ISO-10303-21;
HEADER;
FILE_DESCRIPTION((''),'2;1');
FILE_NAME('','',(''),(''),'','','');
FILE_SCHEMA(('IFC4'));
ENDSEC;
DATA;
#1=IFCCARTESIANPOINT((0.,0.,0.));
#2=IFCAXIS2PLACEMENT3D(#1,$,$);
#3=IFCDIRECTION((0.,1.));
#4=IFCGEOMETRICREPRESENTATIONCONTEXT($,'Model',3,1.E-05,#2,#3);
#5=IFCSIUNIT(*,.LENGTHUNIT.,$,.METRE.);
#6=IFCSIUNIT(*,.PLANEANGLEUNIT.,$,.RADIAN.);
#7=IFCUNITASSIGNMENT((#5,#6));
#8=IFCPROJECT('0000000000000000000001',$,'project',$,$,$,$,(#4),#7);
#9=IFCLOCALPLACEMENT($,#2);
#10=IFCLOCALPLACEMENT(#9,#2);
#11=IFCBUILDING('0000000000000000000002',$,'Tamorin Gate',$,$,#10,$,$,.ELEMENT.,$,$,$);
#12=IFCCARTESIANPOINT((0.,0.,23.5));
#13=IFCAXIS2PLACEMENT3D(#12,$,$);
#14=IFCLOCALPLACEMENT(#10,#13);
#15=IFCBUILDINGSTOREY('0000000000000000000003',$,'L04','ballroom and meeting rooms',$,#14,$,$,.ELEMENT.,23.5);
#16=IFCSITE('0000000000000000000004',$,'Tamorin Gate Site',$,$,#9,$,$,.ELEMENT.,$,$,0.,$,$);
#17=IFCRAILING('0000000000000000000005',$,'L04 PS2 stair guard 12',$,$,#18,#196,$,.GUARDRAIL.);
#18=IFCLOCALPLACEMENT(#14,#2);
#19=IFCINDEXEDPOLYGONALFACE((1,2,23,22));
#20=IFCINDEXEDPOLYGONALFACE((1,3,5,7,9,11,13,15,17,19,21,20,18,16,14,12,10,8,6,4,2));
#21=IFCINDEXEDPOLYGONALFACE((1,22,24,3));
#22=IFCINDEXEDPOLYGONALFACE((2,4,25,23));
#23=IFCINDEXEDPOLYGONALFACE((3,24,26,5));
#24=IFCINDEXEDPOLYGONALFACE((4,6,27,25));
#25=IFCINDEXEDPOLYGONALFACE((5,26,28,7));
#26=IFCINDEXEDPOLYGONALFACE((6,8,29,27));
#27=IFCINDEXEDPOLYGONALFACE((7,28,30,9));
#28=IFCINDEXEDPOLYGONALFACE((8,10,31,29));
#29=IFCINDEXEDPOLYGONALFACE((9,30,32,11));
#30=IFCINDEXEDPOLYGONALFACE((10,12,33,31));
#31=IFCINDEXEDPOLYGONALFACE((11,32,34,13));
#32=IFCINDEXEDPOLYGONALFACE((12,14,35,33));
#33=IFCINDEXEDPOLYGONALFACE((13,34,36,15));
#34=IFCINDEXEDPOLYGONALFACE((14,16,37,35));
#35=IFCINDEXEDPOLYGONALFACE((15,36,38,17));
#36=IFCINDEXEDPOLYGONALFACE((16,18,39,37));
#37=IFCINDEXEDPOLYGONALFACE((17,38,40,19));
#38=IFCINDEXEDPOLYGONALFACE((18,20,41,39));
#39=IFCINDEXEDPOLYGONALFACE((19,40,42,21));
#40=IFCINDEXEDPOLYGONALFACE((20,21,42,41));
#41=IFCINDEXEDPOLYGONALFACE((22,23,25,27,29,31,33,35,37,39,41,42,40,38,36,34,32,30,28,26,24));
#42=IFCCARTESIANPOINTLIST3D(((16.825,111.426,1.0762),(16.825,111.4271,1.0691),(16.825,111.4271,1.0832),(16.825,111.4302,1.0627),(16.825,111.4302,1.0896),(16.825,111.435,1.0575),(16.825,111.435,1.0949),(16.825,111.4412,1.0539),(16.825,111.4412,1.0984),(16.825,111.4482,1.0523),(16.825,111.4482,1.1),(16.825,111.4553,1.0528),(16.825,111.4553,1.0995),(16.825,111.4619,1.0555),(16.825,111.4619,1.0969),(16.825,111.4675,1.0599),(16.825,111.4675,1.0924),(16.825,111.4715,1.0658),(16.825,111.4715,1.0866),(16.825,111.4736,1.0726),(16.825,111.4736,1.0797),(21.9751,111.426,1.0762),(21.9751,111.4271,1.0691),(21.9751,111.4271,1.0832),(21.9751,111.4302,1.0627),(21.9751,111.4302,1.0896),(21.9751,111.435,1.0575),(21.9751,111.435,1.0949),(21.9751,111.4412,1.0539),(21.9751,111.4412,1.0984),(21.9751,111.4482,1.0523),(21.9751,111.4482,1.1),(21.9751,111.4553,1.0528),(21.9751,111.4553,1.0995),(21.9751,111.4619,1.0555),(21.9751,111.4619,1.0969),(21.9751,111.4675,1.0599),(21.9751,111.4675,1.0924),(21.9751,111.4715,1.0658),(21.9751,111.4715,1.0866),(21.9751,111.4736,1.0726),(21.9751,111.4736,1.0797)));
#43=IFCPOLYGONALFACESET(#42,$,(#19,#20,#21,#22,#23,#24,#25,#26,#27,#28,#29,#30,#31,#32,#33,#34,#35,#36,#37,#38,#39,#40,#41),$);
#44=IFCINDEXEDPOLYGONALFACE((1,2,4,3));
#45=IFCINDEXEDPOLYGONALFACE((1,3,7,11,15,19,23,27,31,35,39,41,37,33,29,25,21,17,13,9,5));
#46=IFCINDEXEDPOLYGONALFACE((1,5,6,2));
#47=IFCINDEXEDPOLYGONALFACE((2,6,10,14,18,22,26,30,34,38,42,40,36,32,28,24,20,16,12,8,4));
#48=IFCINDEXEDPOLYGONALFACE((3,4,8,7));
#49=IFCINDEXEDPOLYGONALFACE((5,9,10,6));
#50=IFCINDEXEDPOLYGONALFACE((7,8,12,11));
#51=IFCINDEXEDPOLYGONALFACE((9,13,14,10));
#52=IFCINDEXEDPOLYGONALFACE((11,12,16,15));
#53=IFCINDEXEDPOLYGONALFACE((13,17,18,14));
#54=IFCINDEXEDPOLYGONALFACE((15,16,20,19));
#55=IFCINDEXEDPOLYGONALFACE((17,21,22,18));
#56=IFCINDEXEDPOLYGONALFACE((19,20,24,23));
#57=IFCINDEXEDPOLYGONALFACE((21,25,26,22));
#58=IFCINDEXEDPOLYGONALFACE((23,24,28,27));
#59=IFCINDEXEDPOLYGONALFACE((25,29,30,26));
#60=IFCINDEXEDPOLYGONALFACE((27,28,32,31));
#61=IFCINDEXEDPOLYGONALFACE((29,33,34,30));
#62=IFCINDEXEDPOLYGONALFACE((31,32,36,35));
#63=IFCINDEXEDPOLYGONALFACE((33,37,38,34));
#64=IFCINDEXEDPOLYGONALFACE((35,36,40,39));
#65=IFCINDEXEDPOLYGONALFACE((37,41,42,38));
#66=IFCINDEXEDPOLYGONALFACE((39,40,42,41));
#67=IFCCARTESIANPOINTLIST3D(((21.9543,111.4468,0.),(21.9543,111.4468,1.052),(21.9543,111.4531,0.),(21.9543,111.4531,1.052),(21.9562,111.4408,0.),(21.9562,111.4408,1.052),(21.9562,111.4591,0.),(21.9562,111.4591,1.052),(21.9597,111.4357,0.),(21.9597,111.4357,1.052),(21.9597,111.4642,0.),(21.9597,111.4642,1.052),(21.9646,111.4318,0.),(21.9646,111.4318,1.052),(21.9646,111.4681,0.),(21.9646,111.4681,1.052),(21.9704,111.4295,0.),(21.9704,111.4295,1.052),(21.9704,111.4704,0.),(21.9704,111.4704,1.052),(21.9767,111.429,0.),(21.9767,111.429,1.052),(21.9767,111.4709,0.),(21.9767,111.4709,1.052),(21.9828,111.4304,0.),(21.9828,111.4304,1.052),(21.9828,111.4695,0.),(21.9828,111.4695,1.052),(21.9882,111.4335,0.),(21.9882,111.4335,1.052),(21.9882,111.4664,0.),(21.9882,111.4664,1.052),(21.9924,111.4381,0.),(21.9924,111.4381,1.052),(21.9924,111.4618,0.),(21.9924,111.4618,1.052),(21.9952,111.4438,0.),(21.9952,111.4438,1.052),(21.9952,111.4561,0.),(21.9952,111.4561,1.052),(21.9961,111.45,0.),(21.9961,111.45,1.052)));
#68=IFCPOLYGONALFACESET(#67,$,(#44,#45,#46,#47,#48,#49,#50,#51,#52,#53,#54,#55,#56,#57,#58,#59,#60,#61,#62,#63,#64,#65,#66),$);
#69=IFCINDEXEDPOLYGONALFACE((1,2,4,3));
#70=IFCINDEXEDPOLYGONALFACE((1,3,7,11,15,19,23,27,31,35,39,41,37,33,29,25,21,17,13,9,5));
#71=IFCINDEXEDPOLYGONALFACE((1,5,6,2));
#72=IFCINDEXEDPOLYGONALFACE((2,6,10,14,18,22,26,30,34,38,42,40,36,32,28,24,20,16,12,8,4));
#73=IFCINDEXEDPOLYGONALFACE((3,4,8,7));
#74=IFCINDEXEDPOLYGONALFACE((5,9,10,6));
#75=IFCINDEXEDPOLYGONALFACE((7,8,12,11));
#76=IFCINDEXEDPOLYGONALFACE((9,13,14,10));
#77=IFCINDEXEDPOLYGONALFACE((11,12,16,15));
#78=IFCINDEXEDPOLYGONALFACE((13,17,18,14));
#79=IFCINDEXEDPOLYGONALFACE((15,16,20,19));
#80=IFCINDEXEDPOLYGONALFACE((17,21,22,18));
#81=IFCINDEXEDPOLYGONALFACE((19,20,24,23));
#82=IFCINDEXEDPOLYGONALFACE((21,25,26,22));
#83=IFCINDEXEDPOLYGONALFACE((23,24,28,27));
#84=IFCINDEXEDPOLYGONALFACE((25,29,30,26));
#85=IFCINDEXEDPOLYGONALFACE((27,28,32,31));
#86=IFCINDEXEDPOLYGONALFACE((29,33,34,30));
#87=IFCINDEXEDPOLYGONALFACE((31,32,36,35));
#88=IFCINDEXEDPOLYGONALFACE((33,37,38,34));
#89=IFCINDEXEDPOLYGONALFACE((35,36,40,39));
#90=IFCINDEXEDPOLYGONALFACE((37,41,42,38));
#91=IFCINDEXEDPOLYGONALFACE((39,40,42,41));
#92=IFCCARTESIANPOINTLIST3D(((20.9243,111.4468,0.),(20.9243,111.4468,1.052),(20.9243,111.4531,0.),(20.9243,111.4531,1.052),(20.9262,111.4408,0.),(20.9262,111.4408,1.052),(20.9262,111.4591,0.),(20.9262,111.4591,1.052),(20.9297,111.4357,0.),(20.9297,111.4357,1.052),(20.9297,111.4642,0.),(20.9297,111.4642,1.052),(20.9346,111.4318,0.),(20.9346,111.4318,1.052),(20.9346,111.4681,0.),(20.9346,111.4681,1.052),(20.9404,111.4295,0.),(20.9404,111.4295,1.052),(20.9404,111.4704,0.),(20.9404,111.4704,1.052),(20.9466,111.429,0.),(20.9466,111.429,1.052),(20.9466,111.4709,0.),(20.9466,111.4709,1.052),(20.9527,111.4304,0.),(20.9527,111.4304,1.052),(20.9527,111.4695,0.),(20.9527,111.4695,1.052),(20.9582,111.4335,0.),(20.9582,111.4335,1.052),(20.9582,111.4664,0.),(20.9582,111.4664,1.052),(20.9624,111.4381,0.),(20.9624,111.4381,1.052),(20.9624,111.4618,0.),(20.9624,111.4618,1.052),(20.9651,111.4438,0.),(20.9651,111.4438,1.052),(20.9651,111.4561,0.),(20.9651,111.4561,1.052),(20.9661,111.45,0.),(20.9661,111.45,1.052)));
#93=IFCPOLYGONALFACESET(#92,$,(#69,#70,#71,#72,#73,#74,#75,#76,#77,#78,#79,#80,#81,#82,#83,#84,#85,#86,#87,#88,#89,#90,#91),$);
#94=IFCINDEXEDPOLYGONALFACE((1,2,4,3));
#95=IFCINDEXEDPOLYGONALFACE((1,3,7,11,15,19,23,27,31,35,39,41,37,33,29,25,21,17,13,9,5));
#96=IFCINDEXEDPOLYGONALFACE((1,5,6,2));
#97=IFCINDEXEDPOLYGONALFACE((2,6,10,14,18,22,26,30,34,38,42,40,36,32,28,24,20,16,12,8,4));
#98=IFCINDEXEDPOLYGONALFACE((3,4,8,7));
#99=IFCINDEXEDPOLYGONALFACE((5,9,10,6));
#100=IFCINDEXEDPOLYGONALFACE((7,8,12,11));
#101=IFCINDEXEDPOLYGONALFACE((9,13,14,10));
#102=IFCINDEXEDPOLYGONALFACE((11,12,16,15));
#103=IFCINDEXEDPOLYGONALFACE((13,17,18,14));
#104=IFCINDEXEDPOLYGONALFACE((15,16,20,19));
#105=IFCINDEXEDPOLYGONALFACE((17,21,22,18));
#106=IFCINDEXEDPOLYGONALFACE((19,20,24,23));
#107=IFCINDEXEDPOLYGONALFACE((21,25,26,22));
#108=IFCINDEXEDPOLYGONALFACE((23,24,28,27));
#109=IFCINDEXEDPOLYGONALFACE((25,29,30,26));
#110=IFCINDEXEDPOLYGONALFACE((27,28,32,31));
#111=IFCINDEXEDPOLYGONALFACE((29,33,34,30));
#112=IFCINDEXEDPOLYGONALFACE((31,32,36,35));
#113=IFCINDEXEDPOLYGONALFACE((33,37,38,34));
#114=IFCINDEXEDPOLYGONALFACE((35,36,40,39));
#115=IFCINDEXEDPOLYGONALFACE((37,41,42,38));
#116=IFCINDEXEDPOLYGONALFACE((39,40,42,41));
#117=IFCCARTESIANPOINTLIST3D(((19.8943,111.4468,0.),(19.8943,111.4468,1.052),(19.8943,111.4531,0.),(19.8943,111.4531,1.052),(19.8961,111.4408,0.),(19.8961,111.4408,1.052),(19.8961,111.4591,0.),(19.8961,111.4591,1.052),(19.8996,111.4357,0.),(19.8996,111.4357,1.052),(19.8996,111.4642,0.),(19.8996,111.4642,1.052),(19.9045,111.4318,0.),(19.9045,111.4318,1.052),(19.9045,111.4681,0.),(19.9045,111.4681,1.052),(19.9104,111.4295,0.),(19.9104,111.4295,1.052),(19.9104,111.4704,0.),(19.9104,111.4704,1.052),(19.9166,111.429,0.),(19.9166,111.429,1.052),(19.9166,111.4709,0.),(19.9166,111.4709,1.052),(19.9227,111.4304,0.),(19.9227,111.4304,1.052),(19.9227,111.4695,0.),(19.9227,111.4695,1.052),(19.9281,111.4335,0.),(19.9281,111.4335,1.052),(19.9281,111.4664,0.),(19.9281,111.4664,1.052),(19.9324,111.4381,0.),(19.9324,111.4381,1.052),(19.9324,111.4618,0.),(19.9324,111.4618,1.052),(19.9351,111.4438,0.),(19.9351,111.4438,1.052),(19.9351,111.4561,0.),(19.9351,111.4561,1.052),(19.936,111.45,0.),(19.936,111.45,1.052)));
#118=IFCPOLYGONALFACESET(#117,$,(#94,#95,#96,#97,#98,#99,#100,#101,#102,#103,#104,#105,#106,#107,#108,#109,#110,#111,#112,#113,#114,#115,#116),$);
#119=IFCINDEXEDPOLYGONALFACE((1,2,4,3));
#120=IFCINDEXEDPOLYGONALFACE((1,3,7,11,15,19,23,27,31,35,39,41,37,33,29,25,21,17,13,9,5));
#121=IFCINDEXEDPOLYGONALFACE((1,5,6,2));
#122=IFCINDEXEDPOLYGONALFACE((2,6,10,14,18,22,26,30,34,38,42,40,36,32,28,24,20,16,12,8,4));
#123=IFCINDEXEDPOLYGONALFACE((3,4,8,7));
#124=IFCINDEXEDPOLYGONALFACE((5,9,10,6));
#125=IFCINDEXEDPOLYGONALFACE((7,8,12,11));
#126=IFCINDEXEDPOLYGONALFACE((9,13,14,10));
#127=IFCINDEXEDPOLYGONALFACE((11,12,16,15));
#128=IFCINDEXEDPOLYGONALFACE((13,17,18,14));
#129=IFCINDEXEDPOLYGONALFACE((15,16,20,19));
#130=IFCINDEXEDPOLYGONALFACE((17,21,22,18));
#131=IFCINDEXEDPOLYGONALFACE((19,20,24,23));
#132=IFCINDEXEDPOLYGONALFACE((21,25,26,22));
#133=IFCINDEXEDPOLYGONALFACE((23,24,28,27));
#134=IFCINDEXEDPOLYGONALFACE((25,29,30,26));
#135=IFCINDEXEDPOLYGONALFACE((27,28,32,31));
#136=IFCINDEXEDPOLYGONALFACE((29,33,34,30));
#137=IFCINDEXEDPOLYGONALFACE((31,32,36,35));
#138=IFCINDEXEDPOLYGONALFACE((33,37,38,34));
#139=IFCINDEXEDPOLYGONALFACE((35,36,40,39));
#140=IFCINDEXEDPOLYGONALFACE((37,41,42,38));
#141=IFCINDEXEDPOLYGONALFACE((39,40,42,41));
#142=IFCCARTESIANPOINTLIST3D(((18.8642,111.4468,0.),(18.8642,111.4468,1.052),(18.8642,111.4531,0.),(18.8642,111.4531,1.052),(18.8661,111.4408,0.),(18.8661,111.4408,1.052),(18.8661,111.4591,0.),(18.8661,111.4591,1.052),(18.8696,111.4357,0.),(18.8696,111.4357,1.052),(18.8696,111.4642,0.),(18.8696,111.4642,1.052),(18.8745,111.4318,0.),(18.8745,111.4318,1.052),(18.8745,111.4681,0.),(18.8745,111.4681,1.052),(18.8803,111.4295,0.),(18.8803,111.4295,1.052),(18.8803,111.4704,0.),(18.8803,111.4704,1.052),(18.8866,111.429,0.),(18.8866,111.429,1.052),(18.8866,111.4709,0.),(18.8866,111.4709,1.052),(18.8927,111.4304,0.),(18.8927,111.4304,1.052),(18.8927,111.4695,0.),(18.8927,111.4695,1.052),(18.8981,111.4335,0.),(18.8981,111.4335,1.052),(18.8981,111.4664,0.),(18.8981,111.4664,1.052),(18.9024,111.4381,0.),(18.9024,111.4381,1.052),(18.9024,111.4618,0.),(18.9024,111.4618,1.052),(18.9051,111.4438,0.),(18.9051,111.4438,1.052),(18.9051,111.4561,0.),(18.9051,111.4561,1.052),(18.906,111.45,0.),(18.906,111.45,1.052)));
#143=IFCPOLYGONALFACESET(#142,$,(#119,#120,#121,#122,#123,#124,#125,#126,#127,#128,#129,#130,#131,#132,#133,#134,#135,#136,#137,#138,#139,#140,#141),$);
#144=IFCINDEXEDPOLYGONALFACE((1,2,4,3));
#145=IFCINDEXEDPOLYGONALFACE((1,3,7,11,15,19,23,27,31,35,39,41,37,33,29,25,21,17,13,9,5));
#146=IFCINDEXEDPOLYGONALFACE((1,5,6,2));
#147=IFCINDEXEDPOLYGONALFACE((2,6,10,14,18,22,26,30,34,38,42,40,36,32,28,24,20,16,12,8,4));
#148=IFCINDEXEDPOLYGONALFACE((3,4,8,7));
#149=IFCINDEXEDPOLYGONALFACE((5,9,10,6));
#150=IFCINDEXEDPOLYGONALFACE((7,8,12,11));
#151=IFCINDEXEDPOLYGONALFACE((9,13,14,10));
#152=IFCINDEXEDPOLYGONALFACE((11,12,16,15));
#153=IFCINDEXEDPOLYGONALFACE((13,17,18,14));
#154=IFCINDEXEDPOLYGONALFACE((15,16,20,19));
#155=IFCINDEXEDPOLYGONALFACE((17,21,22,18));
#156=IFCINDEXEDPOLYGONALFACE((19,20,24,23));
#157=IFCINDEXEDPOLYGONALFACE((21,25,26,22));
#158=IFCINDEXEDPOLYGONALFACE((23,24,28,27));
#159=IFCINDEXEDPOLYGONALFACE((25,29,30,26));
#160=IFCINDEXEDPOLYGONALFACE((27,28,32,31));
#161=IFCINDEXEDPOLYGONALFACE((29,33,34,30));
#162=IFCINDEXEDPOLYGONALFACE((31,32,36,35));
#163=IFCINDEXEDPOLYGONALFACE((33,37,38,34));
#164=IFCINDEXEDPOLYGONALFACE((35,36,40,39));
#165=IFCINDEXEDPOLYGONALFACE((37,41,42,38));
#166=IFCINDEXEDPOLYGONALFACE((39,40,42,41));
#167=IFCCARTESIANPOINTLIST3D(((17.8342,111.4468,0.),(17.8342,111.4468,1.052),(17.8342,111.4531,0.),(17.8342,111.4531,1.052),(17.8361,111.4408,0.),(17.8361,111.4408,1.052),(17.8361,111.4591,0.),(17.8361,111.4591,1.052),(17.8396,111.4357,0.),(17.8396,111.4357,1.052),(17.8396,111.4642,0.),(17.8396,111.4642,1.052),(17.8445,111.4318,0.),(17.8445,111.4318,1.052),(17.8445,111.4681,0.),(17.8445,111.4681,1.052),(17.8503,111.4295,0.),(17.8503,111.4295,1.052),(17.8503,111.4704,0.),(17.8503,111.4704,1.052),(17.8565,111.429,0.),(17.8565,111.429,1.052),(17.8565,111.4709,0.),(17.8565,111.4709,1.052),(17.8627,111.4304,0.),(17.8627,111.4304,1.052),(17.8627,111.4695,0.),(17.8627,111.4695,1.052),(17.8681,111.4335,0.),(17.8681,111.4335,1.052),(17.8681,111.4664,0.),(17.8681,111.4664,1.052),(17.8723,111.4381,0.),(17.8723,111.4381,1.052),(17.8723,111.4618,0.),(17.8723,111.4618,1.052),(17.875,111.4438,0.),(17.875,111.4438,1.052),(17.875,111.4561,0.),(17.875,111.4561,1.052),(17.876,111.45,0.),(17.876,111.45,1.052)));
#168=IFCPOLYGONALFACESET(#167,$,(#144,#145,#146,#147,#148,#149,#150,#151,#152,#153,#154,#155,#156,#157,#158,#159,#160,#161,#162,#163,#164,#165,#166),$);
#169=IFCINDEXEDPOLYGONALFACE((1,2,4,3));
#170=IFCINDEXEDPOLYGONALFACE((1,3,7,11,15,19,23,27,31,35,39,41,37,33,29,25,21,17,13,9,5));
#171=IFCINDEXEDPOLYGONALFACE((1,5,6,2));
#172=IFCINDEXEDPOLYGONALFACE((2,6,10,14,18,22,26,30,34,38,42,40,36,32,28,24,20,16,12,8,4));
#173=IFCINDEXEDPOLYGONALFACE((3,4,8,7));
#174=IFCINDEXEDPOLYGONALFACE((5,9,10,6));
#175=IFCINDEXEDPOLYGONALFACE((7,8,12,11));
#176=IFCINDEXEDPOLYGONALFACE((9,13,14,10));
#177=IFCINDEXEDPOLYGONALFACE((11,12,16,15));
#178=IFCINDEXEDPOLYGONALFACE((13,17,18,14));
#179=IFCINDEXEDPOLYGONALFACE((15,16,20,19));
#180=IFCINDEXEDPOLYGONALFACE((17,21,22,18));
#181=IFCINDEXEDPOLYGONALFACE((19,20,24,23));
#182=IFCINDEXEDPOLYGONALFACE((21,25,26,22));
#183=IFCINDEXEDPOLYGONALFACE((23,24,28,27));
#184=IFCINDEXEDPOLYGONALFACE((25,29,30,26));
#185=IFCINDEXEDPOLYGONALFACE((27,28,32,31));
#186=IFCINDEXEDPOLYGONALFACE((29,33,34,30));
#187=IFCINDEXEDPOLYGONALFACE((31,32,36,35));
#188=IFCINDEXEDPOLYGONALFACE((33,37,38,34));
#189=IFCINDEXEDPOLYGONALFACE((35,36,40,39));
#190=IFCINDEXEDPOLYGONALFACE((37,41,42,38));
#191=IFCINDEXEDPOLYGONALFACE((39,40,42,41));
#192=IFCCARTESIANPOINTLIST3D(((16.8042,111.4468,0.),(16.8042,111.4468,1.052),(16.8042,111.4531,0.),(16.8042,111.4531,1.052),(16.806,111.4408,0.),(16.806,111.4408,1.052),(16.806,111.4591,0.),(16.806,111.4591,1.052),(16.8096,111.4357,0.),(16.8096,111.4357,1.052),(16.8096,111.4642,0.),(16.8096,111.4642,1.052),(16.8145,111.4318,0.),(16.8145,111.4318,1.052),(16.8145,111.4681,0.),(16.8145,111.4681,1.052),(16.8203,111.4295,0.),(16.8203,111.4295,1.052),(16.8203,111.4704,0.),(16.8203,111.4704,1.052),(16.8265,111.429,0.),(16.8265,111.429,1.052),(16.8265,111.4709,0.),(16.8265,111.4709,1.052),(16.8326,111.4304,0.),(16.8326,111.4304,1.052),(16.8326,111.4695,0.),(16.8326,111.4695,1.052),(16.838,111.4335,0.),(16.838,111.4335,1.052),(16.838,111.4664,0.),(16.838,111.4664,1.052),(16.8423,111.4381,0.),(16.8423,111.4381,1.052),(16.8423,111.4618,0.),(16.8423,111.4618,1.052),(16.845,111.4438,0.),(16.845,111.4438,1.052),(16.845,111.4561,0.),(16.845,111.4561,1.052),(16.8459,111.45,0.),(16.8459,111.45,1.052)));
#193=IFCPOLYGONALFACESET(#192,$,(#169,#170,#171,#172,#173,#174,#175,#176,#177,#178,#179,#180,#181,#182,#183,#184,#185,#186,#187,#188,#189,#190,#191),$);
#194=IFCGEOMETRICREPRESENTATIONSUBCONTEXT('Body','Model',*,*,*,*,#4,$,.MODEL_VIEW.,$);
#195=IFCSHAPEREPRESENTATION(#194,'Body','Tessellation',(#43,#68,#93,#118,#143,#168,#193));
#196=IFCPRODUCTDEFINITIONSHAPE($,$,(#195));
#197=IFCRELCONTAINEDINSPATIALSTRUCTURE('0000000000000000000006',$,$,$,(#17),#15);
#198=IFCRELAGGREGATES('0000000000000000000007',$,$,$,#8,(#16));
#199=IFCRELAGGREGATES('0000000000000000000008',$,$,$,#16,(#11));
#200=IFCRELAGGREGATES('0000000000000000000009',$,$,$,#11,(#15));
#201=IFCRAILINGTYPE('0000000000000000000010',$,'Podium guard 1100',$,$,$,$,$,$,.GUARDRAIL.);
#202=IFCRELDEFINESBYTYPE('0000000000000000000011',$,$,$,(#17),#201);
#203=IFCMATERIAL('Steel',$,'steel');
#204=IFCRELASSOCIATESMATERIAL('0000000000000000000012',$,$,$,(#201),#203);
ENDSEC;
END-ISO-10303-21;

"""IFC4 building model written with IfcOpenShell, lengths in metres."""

from ifc_helpers import new_model, si_unit, direction, frame, origin, origin_2d, place, context, subcontext, project, spatial, circle, extrude, material, type_object, element, save


model = new_model("IFC4")

# Units and contexts
model_context = context("Model", 3, precision=1e-05, world=origin(), true_north=direction((0.0, 1.0)))
body_context = subcontext(model_context, "Body", "Model", "MODEL_VIEW")
ifc_project = project(units=[si_unit("LENGTHUNIT", "METRE"), si_unit("PLANEANGLEUNIT", "RADIAN")], contexts=[model_context])

# Site, building, storey
site_placement = place(None, origin())
site = spatial("IfcSite", under=ifc_project, at=site_placement, Name="Tamorin Gate Site", CompositionType="ELEMENT", RefElevation=0.0)
building_placement = place(site_placement, origin())
building = spatial("IfcBuilding", under=site, at=building_placement, Name="Tamorin Gate", CompositionType="ELEMENT")
storey_placement = place(building_placement, frame((0.0, 0.0, 23.5)))
storey = spatial("IfcBuildingStorey", under=building, at=storey_placement, Name="L04", Description="ballroom and meeting rooms", CompositionType="ELEMENT", Elevation=23.5)

# Railing
ifc_material_1 = material(Name="Steel", Category="steel")
railing_type = type_object("IfcRailingType", Name="Podium guard 1100", PredefinedType="GUARDRAIL", material=ifc_material_1)
railing_1_placement = place(storey_placement, frame((21.9751, 111.45, 0.0)))
element("IfcRailing", 1, at=railing_1_placement, inside=storey, type_object=railing_type, Name="L04 PS2 stair guard 12", PredefinedType="GUARDRAIL", context=body_context, shape_type="SweptSolid", body=[
    extrude(circle(Radius=0.0239, at=origin_2d()), frame((0.0, 0.0, 1.0762), z_axis=(-1.0, 0.0, 0.0), x_axis=(0.0, -1.0, 0.0)), (0.0, 0.0, 1.0), 5.1501),
    extrude(circle(Radius=0.021, at=origin_2d()), origin(), (0.0, 0.0, 1.0), 1.052),
    extrude(circle(Radius=0.021, at=origin_2d()), frame((-1.03, 0.0, 0.0)), (0.0, 0.0, 1.0), 1.052),
    extrude(circle(Radius=0.021, at=origin_2d()), frame((-2.0601, 0.0, 0.0)), (0.0, 0.0, 1.0), 1.052),
    extrude(circle(Radius=0.021, at=origin_2d()), frame((-3.0901, 0.0, 0.0)), (0.0, 0.0, 1.0), 1.052),
    extrude(circle(Radius=0.021, at=origin_2d()), frame((-4.1201, 0.0, 0.0)), (0.0, 0.0, 1.0), 1.052),
    extrude(circle(Radius=0.021, at=origin_2d()), frame((-5.1501, 0.0, 0.0)), (0.0, 0.0, 1.0), 1.052),
])

save(model, "model.ifc")
